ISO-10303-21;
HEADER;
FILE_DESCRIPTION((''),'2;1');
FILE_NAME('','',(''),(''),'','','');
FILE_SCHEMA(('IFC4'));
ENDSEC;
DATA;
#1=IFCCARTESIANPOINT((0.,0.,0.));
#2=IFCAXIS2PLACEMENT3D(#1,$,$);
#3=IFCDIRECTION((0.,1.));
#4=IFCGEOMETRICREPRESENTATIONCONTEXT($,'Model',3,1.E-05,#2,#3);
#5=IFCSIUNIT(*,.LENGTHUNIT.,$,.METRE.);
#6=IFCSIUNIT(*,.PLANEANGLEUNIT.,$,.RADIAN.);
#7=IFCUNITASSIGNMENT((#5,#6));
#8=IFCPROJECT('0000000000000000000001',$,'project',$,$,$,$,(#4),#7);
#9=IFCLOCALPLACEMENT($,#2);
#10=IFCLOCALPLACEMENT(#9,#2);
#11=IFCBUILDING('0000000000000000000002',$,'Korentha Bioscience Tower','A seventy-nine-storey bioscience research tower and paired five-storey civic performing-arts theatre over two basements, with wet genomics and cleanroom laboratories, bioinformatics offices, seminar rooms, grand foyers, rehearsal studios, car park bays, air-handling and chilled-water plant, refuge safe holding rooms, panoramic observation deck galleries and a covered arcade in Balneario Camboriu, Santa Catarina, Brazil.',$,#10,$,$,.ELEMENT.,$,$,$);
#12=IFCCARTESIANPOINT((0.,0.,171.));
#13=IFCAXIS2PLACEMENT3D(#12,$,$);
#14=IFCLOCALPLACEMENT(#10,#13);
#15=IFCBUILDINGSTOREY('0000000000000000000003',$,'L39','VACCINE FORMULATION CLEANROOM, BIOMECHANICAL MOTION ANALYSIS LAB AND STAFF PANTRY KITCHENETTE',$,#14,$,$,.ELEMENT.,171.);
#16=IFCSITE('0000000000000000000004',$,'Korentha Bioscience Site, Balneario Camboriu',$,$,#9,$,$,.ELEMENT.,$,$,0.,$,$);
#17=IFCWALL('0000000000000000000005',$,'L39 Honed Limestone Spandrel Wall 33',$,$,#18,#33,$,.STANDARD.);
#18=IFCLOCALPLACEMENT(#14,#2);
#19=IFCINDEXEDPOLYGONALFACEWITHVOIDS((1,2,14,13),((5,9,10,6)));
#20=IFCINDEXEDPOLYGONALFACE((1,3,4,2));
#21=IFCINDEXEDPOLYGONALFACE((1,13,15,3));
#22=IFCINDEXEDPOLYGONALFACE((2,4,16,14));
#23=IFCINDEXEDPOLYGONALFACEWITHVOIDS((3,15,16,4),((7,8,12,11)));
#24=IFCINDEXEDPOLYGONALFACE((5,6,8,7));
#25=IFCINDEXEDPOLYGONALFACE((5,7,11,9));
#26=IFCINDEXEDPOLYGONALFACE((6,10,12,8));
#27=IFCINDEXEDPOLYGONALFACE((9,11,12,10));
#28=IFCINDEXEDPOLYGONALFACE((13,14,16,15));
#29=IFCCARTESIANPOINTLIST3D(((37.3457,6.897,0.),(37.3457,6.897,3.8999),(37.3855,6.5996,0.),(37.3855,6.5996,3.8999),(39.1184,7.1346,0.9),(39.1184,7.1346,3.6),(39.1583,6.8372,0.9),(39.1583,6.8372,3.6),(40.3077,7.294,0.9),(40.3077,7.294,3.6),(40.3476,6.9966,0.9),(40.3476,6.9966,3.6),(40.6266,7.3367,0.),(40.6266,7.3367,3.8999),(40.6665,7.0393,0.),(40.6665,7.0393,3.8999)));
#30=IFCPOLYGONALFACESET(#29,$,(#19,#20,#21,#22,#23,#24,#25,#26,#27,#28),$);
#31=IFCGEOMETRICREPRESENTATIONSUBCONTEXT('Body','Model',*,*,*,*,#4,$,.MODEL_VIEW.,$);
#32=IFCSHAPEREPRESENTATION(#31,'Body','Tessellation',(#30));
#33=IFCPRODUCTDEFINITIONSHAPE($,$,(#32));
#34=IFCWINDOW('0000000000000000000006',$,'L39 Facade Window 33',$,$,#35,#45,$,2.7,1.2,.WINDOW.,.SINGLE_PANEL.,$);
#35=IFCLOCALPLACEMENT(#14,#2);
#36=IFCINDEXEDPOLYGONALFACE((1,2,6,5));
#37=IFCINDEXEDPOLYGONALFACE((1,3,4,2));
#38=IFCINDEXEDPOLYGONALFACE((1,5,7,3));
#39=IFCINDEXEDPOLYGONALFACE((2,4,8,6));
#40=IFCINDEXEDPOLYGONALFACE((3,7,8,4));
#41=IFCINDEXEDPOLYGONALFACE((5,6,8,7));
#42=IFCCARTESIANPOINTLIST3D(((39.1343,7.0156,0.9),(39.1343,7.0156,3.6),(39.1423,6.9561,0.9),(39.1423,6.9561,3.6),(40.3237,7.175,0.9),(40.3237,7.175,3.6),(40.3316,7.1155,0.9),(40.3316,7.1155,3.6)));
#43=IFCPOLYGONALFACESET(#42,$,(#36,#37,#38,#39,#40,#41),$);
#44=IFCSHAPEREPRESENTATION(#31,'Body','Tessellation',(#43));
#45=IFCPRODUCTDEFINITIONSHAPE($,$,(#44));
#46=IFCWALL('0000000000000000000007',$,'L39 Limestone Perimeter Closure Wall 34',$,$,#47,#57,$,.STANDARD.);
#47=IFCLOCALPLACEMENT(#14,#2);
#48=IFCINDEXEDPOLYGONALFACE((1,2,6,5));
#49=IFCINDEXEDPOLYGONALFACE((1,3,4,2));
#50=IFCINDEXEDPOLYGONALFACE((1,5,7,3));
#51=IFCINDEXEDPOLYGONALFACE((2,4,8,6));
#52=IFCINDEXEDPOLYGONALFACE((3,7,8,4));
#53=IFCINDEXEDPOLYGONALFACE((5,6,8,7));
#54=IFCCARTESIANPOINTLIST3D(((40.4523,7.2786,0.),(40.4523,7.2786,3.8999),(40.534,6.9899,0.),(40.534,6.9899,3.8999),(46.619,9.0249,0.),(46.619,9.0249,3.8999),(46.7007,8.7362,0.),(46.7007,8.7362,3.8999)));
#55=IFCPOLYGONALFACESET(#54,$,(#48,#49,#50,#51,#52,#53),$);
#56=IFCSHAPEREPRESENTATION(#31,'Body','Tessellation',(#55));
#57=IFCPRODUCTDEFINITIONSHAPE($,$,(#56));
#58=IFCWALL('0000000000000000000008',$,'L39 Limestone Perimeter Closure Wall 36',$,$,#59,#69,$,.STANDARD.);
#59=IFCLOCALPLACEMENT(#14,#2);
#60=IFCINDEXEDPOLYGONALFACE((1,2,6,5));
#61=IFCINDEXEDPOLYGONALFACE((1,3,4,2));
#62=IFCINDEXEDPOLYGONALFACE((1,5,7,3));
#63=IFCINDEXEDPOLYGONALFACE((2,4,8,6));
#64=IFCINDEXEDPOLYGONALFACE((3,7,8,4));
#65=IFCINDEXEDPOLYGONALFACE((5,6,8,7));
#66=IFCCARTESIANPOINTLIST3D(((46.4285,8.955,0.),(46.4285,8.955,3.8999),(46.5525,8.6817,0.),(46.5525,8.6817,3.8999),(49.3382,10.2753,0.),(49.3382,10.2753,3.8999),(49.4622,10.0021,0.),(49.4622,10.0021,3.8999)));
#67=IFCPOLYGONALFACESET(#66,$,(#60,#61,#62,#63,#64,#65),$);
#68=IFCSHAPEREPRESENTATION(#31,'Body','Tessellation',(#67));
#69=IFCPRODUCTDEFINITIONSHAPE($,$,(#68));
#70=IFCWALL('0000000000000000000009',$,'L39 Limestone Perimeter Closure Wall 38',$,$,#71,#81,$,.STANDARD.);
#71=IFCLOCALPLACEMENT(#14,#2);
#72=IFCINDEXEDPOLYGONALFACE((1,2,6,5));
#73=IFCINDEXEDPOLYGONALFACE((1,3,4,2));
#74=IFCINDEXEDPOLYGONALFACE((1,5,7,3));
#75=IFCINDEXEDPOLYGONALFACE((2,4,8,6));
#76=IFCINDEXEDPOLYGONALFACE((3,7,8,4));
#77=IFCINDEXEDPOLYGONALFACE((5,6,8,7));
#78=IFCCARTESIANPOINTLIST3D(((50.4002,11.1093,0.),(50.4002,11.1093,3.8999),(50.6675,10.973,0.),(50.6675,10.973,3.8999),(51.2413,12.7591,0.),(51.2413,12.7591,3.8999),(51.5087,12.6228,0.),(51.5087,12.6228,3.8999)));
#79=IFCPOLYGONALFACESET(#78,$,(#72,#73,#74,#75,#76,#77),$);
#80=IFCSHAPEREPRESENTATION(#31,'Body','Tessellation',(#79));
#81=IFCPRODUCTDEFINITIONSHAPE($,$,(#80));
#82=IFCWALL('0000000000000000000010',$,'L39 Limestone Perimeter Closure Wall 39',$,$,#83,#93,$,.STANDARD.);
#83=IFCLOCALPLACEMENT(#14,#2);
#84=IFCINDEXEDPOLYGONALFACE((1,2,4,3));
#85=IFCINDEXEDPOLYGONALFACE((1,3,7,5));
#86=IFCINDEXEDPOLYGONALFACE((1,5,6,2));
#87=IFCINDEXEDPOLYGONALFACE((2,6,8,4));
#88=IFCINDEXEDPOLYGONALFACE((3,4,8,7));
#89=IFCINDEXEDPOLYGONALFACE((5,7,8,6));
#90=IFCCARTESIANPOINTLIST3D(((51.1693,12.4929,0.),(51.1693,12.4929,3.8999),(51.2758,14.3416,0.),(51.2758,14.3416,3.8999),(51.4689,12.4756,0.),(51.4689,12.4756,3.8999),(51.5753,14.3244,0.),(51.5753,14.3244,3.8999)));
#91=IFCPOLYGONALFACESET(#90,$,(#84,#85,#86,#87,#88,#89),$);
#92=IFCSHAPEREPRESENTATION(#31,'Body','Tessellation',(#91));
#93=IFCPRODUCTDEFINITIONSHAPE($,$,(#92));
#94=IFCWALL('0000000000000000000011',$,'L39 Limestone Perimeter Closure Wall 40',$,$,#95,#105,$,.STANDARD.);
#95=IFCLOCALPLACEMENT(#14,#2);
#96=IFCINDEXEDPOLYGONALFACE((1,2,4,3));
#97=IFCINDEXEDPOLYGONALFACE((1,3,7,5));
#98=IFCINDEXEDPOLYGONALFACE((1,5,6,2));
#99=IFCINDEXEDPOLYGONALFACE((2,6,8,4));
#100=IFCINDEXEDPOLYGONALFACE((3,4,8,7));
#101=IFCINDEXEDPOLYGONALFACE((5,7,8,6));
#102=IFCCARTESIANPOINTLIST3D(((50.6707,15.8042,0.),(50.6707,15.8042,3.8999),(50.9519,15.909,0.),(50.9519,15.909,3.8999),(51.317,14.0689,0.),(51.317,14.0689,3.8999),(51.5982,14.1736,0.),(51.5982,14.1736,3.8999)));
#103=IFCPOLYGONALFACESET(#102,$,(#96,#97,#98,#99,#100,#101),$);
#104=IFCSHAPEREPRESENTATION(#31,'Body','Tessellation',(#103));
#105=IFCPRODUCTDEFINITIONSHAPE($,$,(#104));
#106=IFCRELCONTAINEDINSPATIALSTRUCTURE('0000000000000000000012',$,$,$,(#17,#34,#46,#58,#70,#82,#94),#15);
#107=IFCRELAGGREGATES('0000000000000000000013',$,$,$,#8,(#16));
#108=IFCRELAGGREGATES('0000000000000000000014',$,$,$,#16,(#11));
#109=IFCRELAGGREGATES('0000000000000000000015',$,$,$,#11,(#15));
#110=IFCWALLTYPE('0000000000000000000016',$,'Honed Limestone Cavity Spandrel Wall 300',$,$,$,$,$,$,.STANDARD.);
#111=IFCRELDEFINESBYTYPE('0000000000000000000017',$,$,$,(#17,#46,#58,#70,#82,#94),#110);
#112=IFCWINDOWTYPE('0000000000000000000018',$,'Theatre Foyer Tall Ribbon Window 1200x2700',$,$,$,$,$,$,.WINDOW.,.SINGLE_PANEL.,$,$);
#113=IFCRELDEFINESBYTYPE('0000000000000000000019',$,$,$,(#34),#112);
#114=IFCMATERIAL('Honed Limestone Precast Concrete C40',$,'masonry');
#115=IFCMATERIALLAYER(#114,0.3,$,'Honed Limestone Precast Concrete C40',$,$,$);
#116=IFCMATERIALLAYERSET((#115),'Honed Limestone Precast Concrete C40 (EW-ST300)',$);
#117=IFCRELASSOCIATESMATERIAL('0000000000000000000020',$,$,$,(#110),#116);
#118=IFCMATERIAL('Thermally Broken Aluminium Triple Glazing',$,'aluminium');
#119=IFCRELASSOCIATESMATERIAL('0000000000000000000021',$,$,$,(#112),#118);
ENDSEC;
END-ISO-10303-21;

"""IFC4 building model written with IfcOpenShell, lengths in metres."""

from ifc_helpers import new_model, si_unit, direction, frame, frame_2d, origin, place, context, subcontext, project, spatial, rectangle, extrude, material, layer, layer_set, type_object, element, fill, save


model = new_model("IFC4")

# Units and contexts
model_context = context("Model", 3, precision=1e-05, world=origin(), true_north=direction((0.0, 1.0)))
body_context = subcontext(model_context, "Body", "Model", "MODEL_VIEW")
ifc_project = project(units=[si_unit("LENGTHUNIT", "METRE"), si_unit("PLANEANGLEUNIT", "RADIAN")], contexts=[model_context])

# Site, building, storey
site_placement = place(None, origin())
site = spatial("IfcSite", under=ifc_project, at=site_placement, Name="Korentha Bioscience Site, Balneario Camboriu", CompositionType="ELEMENT", RefElevation=0.0)
building_placement = place(site_placement, origin())
building = spatial("IfcBuilding", under=site, at=building_placement, Name="Korentha Bioscience Tower", Description="A seventy-nine-storey bioscience research tower and paired five-storey civic performing-arts theatre over two basements, with wet genomics and cleanroom laboratories, bioinformatics offices, seminar rooms, grand foyers, rehearsal studios, car park bays, air-handling and chilled-water plant, refuge safe holding rooms, panoramic observation deck galleries and a covered arcade in Balneario Camboriu, Santa Catarina, Brazil.", CompositionType="ELEMENT")
storey_placement = place(building_placement, frame((0.0, 0.0, 171.0)))
storey = spatial("IfcBuildingStorey", under=building, at=storey_placement, Name="L39", Description="VACCINE FORMULATION CLEANROOM, BIOMECHANICAL MOTION ANALYSIS LAB AND STAFF PANTRY KITCHENETTE", CompositionType="ELEMENT", Elevation=171.0)

# Wall, opening, window
ifc_material_1 = material(Name="Honed Limestone Precast Concrete C40", Category="masonry")
ifc_layer_1 = layer(ifc_material_1, 0.3, Name="Honed Limestone Precast Concrete C40")
ifc_layer_set_1 = layer_set([ifc_layer_1], Name="Honed Limestone Precast Concrete C40 (EW-ST300)")
wall_type_1 = type_object("IfcWallType", Name="Honed Limestone Cavity Spandrel Wall 300", PredefinedType="STANDARD", material=ifc_layer_set_1)
wall_1_placement = place(storey_placement, frame((37.3655, 6.7483, 0.0), z_axis=(0.0, 0.0, 1.0), x_axis=(0.991139, 0.132826, 0.0)))
wall_1 = element("IfcWall", 1, at=wall_1_placement, inside=storey, type_object=wall_type_1, Name="L39 Honed Limestone Spandrel Wall 33", PredefinedType="STANDARD", context=body_context, shape_type="SweptSolid", body=[
    extrude(rectangle(XDim=3.3103, YDim=0.3, at=frame_2d((1.6553, 0.0))), origin(), (0.0, 0.0, 1.0), 3.8999),
])
opening_placement = place(wall_1_placement, frame((1.7886, 0.0, 0.8999)))
opening = element("IfcOpeningElement", 2, at=opening_placement, cuts=wall_1, PredefinedType="OPENING", context=body_context, shape_type="SweptSolid", body=[
    extrude(rectangle(XDim=1.2, YDim=2.7, at=frame_2d((0.6001, 1.3501))), frame((0.0, 0.165, 0.0), z_axis=(0.0, -1.0, 0.0), x_axis=(1.0, 0.0, 0.0)), (0.0, 0.0, 1.0), 0.3298),
])
ifc_material_2 = material(Name="Thermally Broken Aluminium Triple Glazing", Category="aluminium")
window_type = type_object("IfcWindowType", Name="Theatre Foyer Tall Ribbon Window 1200x2700", PartitioningType="SINGLE_PANEL", PredefinedType="WINDOW", material=ifc_material_2)
window_placement = place(opening_placement, origin())
window = element("IfcWindow", 3, at=window_placement, inside=storey, type_object=window_type, Name="L39 Facade Window 33", OverallHeight=2.7, OverallWidth=1.2, PartitioningType="SINGLE_PANEL", PredefinedType="WINDOW", context=body_context, shape_type="SweptSolid", body=[
    extrude(rectangle(XDim=1.2, YDim=2.7, at=frame_2d((0.6001, 1.3501))), frame((0.0, 0.03, 0.0), z_axis=(0.0, -1.0, 0.0), x_axis=(1.0, 0.0, 0.0)), (0.0, 0.0, 1.0), 0.0601),
])
fill(opening, window)

# Walls
wall_2_placement = place(storey_placement, frame((40.4932, 7.1343, 0.0), z_axis=(0.0, 0.0, 1.0), x_axis=(0.962164, 0.272472, 0.0)))
element("IfcWall", 4, at=wall_2_placement, inside=storey, type_object=wall_type_1, Name="L39 Limestone Perimeter Closure Wall 34", PredefinedType="STANDARD", context=body_context, shape_type="SweptSolid", body=[
    extrude(rectangle(XDim=6.4092, YDim=0.3, at=frame_2d((3.2046, 0.0))), origin(), (0.0, 0.0, 1.0), 3.8999),
])
wall_3_placement = place(storey_placement, frame((46.4905, 8.8184, 0.0), z_axis=(0.0, 0.0, 1.0), x_axis=(0.910633, 0.413216, 0.0)))
element("IfcWall", 5, at=wall_3_placement, inside=storey, type_object=wall_type_1, Name="L39 Limestone Perimeter Closure Wall 36", PredefinedType="STANDARD", context=body_context, shape_type="SweptSolid", body=[
    extrude(rectangle(XDim=3.1953, YDim=0.3, at=frame_2d((1.5977, 0.0))), origin(), (0.0, 0.0, 1.0), 3.8999),
])
for number, where, z_axis, x_axis, name in (
    (6, (50.5339, 11.0413, 0.0), (0.0, 0.0, 1.0), (0.454214, 0.890893, 0.0), "L39 Limestone Perimeter Closure Wall 38"),
    (7, (51.3191, 12.4844, 0.0), (0.0, 0.0, 1.0), (0.057485, 0.998346, 0.0), "L39 Limestone Perimeter Closure Wall 39"),
    (8, (51.4575, 14.1213, 0.0), (0.0, 0.0, 1.0), (-0.348984, 0.937129, 0.0), "L39 Limestone Perimeter Closure Wall 40"),
):
    element("IfcWall", number, at=place(storey_placement, frame(where, z_axis=z_axis, x_axis=x_axis)), inside=storey, type_object=wall_type_1, Name=name, PredefinedType="STANDARD", context=body_context, shape_type="SweptSolid", body=[
        extrude(rectangle(XDim=1.8518, YDim=0.3, at=frame_2d((0.9258, 0.0))), origin(), (0.0, 0.0, 1.0), 3.8999),
    ])

save(model, "model.ifc")
